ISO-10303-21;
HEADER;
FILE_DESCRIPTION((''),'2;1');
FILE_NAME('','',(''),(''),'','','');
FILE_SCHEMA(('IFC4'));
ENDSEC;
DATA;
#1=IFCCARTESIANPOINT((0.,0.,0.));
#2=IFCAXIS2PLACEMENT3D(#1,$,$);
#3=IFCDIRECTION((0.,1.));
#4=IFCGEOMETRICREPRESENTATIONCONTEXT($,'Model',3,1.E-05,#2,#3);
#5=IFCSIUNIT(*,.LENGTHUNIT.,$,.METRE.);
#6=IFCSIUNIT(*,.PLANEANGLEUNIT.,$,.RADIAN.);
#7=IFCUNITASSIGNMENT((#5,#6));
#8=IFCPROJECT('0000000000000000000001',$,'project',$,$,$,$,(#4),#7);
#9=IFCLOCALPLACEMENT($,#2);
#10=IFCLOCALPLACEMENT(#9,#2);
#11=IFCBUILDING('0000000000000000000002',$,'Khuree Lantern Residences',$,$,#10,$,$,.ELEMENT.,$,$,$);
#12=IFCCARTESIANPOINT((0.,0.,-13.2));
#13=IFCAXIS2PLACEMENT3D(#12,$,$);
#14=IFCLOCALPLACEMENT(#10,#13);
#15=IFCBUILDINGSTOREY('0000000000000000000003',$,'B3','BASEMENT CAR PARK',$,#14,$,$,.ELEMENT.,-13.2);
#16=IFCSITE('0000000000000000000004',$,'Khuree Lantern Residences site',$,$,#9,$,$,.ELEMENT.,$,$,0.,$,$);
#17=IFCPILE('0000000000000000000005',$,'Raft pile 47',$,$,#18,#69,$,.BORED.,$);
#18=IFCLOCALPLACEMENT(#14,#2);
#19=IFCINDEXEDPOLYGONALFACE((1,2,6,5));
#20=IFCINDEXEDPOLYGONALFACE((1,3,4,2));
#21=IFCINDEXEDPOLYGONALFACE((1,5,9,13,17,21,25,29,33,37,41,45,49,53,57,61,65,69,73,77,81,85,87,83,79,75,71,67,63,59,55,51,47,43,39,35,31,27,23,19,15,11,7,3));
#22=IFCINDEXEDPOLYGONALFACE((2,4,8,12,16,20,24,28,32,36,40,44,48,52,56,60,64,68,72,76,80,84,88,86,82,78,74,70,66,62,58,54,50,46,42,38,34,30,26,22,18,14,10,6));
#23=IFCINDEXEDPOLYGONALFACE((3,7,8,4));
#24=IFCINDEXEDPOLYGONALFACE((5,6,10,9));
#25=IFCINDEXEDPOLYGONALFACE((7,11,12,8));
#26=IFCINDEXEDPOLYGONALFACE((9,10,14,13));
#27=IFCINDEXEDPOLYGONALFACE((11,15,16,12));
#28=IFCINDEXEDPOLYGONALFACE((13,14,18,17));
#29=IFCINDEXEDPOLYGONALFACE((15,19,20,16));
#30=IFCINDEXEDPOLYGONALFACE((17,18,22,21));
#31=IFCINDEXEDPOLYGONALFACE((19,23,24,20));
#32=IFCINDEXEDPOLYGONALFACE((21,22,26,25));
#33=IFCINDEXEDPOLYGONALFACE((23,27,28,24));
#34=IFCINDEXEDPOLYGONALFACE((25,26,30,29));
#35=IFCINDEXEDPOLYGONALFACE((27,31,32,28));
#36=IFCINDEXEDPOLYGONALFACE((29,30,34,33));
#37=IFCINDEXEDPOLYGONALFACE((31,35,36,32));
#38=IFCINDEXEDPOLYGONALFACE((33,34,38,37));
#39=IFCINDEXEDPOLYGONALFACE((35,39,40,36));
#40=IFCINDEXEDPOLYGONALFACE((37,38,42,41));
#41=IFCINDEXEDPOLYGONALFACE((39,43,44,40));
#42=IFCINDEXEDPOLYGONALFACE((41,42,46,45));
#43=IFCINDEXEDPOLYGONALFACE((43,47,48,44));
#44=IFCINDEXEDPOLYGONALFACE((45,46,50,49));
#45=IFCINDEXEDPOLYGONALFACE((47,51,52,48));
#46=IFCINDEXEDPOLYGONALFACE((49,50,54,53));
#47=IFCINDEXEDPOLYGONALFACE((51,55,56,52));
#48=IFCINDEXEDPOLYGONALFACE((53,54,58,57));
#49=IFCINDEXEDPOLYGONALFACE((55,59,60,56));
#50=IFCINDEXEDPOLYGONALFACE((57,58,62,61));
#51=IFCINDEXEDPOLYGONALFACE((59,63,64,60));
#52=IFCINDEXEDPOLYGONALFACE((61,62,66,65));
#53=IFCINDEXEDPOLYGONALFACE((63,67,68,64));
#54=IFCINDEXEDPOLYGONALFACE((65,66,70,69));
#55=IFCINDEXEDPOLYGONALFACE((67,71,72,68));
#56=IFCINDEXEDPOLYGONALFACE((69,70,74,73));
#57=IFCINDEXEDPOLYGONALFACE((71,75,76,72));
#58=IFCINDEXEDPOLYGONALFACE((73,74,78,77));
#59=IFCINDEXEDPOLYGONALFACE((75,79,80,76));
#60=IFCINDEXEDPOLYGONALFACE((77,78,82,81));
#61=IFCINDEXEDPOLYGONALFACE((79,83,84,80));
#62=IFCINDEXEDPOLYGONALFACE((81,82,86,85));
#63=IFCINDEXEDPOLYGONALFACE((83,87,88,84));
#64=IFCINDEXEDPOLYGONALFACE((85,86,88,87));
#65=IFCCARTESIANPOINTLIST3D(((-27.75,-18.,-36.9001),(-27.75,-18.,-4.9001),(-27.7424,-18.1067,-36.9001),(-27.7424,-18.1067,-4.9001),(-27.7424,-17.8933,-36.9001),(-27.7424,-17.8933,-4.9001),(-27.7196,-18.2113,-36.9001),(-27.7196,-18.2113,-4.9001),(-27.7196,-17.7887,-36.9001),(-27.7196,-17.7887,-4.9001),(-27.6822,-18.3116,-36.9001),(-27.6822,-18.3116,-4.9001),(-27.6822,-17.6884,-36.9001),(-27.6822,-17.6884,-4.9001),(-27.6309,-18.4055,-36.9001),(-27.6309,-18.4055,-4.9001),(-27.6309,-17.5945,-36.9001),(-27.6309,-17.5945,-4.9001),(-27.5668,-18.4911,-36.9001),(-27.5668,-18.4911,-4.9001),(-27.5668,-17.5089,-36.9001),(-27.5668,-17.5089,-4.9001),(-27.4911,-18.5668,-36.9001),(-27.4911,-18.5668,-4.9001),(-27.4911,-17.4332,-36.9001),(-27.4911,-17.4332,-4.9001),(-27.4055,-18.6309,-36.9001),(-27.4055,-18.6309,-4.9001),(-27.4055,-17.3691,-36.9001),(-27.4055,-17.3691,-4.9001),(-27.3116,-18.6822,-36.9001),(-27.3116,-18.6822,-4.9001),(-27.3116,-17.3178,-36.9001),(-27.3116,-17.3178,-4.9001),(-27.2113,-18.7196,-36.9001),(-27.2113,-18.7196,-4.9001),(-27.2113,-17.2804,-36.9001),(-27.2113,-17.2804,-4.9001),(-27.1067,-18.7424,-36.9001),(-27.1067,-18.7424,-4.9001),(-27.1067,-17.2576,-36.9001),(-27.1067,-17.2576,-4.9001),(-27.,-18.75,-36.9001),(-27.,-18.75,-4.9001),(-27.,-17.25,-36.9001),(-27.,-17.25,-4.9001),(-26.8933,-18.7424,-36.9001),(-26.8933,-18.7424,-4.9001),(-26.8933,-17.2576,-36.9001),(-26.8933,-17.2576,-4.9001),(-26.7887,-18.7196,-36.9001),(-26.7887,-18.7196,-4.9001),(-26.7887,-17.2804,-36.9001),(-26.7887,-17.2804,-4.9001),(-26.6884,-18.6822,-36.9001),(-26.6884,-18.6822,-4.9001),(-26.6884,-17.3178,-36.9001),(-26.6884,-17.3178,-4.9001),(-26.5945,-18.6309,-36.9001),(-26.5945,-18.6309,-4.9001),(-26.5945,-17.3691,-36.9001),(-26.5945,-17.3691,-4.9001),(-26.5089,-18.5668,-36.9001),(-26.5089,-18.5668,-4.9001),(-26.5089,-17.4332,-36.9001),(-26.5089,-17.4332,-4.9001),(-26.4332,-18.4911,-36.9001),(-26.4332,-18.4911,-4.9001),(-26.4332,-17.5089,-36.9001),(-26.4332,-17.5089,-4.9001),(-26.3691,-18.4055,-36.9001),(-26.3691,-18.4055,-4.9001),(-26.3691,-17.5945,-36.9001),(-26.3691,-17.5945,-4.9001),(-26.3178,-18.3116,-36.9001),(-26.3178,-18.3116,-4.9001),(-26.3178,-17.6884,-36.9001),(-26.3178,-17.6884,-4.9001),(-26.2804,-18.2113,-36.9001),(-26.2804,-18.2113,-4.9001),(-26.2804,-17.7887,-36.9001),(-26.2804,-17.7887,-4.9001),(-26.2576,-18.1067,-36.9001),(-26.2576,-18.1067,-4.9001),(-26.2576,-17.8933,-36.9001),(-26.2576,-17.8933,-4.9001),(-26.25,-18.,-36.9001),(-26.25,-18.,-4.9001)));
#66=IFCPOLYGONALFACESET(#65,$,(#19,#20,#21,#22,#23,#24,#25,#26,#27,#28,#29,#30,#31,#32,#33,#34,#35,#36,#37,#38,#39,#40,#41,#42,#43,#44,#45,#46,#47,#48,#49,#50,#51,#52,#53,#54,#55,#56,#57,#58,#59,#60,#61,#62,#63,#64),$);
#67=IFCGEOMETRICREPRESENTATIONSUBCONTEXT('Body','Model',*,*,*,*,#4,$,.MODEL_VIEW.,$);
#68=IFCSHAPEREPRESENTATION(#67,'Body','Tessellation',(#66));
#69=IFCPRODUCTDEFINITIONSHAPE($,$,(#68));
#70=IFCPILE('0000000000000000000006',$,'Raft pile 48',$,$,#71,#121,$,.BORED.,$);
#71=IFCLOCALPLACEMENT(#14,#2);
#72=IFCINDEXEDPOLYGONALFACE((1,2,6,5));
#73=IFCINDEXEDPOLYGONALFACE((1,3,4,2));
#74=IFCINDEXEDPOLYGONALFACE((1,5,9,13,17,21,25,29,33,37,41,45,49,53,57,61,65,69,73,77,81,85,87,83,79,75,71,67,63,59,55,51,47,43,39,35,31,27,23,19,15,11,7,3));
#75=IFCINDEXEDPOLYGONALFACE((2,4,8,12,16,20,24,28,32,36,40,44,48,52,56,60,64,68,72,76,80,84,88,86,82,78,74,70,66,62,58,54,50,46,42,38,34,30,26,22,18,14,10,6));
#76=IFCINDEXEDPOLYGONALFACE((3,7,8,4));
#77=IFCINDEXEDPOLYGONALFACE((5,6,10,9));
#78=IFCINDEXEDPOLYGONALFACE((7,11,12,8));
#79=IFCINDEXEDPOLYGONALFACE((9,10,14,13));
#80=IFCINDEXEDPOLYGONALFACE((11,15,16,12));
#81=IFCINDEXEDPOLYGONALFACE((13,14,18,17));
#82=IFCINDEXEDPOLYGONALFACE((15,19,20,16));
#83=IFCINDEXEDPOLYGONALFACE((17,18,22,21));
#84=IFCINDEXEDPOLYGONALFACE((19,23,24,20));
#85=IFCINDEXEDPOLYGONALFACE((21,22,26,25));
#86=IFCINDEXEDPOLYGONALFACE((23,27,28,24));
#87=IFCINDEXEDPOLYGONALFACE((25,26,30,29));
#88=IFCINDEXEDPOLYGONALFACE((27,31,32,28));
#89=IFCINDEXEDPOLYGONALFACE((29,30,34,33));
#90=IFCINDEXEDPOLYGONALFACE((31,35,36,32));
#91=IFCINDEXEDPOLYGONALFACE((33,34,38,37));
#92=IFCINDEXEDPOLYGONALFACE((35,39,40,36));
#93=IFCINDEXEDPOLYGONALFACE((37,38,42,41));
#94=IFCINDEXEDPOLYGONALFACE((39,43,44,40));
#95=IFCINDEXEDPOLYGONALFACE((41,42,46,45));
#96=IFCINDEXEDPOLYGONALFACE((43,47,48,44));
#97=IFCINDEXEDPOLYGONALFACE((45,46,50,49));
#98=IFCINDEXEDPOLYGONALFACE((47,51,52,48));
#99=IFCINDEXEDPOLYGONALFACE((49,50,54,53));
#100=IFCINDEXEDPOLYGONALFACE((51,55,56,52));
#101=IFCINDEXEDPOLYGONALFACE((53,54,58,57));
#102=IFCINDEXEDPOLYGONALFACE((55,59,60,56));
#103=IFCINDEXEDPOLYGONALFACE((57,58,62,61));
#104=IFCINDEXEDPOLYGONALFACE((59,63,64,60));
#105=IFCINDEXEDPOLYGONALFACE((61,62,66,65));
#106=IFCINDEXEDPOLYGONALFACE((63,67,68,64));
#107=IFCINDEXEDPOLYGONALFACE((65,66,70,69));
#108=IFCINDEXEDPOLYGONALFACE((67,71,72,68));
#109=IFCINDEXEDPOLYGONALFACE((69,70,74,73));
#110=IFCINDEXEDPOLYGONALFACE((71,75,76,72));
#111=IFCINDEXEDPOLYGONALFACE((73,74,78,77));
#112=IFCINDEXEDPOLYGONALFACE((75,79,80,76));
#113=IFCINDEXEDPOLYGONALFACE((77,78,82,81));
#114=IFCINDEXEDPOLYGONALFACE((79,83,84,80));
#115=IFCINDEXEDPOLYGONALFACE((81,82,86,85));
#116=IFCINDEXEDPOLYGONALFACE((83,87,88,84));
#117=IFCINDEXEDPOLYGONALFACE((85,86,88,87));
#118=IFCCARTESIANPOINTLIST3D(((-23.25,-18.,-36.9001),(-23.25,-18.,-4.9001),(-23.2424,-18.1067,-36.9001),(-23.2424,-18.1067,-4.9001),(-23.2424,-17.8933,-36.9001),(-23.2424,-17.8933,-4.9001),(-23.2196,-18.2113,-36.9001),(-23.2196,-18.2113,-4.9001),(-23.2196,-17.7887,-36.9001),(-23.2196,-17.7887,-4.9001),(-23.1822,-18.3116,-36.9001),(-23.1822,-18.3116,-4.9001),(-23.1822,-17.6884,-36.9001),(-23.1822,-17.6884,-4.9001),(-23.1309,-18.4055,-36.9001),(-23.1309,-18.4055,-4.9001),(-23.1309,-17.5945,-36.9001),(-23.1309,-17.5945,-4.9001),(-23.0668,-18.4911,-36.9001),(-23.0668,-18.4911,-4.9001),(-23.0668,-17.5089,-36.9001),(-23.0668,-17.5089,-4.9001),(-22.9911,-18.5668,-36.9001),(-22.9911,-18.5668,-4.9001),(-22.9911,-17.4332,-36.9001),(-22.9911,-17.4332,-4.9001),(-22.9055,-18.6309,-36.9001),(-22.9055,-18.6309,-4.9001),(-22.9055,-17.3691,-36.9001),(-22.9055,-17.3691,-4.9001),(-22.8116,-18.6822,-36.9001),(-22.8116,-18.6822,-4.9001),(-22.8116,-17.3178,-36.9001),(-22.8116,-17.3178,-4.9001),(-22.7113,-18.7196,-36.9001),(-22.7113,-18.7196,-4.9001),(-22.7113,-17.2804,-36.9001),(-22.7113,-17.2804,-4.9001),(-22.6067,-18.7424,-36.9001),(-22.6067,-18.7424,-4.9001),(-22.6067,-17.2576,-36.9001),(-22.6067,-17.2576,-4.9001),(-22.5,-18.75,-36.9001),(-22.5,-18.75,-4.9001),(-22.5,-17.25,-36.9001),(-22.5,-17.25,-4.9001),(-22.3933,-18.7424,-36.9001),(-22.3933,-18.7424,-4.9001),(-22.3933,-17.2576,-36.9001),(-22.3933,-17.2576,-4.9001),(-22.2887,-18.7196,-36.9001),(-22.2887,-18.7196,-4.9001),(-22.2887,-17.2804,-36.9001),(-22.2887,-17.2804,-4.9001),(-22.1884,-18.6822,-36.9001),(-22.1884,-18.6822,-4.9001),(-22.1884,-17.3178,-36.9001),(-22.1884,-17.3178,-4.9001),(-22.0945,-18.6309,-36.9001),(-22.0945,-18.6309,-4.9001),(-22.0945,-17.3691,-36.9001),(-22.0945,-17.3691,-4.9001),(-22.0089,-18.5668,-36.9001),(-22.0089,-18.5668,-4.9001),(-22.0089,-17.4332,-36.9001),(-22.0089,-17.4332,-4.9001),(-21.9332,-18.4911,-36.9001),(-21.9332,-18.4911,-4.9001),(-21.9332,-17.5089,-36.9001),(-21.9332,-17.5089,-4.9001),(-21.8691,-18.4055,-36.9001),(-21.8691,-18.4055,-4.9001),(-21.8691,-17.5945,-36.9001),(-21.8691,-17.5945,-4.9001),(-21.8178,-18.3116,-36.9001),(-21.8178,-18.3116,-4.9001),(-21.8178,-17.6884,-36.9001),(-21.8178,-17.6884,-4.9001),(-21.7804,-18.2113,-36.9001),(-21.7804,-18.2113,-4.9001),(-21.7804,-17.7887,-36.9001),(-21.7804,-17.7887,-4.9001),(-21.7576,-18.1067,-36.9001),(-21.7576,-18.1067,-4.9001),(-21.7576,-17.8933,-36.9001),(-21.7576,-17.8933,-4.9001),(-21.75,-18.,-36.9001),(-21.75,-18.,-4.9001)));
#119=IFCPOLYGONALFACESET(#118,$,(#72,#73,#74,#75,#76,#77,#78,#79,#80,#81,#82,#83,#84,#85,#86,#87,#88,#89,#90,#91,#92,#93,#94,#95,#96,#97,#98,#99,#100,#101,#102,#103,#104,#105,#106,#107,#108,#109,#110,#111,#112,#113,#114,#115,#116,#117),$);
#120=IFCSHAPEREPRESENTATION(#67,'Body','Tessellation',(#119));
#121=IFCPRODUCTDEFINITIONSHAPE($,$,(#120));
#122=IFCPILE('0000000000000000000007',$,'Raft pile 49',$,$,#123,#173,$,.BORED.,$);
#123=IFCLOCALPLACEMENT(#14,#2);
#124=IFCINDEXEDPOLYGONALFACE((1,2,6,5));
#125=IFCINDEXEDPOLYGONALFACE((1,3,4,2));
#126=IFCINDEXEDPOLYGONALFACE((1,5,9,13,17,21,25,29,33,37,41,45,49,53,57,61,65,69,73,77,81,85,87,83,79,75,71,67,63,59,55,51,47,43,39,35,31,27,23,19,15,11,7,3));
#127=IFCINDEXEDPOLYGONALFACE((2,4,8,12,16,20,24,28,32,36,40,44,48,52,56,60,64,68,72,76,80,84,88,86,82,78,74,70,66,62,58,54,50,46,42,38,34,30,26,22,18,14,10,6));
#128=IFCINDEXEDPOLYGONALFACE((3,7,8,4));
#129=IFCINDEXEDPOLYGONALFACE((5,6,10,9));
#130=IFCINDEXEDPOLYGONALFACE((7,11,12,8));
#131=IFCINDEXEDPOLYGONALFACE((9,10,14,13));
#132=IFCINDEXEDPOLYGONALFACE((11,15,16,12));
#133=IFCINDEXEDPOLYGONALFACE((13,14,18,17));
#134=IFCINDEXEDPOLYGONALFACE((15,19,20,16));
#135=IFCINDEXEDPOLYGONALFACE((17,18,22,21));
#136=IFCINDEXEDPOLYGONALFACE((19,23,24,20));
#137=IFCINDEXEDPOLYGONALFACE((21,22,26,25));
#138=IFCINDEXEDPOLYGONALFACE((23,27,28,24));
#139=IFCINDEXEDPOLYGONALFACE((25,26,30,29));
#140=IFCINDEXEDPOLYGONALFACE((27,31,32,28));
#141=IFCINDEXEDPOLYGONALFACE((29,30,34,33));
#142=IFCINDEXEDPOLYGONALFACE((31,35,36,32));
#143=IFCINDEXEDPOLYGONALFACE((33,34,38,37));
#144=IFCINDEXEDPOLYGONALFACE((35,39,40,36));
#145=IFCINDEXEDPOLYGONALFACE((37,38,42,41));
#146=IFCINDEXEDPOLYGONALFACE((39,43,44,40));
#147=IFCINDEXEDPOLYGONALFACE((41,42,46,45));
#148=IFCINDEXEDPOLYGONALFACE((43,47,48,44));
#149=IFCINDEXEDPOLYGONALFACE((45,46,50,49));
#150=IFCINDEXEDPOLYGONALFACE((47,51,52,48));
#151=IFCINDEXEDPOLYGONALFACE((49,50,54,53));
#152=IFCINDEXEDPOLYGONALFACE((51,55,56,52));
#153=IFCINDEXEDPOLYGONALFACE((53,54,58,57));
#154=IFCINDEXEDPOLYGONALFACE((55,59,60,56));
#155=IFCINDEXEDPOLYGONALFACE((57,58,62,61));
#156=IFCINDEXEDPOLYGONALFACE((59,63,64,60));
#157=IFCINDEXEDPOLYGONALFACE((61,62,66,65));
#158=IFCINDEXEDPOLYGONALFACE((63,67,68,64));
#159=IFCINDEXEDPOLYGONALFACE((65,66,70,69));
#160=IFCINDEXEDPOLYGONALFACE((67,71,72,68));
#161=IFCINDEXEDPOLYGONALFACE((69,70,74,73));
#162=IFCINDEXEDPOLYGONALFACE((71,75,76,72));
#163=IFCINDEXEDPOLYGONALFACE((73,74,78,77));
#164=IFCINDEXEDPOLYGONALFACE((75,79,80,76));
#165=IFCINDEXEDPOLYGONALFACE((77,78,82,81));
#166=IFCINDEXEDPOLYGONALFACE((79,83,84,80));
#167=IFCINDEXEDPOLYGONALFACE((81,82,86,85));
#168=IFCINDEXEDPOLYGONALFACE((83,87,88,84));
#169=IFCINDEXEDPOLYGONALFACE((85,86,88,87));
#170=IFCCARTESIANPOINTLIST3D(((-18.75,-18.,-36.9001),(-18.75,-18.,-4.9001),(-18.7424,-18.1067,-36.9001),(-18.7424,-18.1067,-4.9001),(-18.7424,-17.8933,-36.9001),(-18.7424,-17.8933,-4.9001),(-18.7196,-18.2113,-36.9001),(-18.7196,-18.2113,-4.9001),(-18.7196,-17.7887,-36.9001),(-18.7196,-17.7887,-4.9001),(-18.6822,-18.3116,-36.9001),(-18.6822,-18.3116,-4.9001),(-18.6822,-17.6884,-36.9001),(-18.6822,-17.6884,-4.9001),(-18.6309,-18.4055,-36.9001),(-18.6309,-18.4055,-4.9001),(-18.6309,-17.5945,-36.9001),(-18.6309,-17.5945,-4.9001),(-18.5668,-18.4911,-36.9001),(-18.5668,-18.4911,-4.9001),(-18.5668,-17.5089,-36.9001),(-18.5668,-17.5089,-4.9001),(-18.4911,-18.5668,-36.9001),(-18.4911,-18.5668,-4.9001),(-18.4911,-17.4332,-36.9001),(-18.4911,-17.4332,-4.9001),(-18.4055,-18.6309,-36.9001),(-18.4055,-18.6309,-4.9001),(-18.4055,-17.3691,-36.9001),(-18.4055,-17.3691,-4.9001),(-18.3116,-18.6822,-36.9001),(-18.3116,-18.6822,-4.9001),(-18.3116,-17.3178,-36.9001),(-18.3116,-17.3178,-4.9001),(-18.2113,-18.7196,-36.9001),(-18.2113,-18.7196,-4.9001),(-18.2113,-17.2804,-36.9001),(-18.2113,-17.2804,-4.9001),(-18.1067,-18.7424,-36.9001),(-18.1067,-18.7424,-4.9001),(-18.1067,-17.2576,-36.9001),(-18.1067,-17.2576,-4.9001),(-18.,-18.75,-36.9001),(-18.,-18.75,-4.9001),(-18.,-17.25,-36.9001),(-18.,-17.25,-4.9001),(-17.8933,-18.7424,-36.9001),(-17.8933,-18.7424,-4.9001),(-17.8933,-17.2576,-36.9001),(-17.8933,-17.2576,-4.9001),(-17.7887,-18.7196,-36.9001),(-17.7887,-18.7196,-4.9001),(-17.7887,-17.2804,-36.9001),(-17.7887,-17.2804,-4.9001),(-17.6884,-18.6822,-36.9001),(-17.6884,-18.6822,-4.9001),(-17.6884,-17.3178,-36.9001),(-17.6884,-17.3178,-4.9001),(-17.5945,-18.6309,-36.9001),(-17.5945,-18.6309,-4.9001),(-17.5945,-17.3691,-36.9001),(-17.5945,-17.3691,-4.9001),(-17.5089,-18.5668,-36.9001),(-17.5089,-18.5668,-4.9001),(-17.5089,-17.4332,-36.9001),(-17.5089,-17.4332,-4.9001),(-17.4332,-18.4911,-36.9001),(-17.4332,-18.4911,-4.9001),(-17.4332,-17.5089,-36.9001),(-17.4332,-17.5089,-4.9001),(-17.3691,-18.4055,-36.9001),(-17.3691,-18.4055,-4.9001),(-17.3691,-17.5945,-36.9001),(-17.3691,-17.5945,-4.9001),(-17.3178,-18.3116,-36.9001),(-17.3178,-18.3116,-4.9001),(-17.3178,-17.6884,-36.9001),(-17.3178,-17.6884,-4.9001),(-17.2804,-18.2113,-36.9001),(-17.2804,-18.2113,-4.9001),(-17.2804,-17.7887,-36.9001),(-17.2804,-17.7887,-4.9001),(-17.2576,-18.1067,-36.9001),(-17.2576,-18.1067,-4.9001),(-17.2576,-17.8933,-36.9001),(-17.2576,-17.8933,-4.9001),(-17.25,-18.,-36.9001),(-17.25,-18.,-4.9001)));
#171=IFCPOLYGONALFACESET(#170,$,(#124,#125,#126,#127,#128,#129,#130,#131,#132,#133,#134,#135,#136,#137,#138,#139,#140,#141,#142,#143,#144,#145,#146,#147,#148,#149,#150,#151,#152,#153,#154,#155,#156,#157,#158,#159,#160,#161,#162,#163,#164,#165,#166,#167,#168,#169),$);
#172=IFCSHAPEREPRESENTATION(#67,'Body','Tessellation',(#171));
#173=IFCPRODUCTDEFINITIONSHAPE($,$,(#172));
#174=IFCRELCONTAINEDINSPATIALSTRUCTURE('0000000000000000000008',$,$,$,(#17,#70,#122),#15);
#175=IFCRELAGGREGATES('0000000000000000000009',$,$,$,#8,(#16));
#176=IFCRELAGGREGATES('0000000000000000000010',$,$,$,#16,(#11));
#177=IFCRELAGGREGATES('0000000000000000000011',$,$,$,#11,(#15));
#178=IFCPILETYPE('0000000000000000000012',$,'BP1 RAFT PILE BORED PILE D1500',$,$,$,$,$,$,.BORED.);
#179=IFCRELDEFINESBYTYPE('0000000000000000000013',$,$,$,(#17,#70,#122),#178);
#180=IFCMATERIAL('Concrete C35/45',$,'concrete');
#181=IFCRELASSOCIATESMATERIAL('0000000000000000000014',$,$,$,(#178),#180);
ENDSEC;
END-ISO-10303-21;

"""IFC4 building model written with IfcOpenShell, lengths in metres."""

from ifc_helpers import new_model, si_unit, direction, frame, origin, origin_2d, place, context, subcontext, project, spatial, circle, extrude, material, material_profile, profile_set, type_object, element, save


model = new_model("IFC4")

# Units and contexts
model_context = context("Model", 3, precision=1e-05, world=origin(), true_north=direction((0.0, 1.0)))
body_context = subcontext(model_context, "Body", "Model", "MODEL_VIEW")
ifc_project = project(units=[si_unit("LENGTHUNIT", "METRE"), si_unit("PLANEANGLEUNIT", "RADIAN")], contexts=[model_context])

# Site, building, storey
site_placement = place(None, origin())
site = spatial("IfcSite", under=ifc_project, at=site_placement, Name="Khuree Lantern Residences site", CompositionType="ELEMENT", RefElevation=0.0)
building_placement = place(site_placement, origin())
building = spatial("IfcBuilding", under=site, at=building_placement, Name="Khuree Lantern Residences", CompositionType="ELEMENT")
storey_placement = place(building_placement, frame((0.0, 0.0, -13.2)))
storey = spatial("IfcBuildingStorey", under=building, at=storey_placement, Name="B3", Description="BASEMENT CAR PARK", CompositionType="ELEMENT", Elevation=-13.2)

# Piles
ifc_material_1 = material(Name="Concrete C35/45", Category="concrete")
ifc_material_profile_1 = material_profile(ifc_material_1, circle(Radius=0.75, at=origin_2d()), Name="BORED PILE D1500")
ifc_profile_set_1 = profile_set([ifc_material_profile_1], Name="Concrete C35/45")
pile_type = type_object("IfcPileType", Name="BP1 RAFT PILE BORED PILE D1500", PredefinedType="BORED", material=ifc_profile_set_1)
for number, where, z_axis, x_axis, name in (
    (1, (-27.0, -18.0, -4.9001), (0.0, 0.0, -1.0), (1.0, 0.0, 0.0), "Raft pile 47"),
    (2, (-22.5, -18.0, -4.9001), (0.0, 0.0, -1.0), (1.0, 0.0, 0.0), "Raft pile 48"),
    (3, (-18.0, -18.0, -4.9001), (0.0, 0.0, -1.0), (1.0, 0.0, 0.0), "Raft pile 49"),
):
    element("IfcPile", number, at=place(storey_placement, frame(where, z_axis=z_axis, x_axis=x_axis)), inside=storey, type_object=pile_type, Name=name, PredefinedType="BORED", context=body_context, shape_type="SweptSolid", body=[
        extrude(circle(Radius=0.75, at=origin_2d()), origin(), (0.0, 0.0, 1.0), 32.0),
    ])

save(model, "model.ifc")
